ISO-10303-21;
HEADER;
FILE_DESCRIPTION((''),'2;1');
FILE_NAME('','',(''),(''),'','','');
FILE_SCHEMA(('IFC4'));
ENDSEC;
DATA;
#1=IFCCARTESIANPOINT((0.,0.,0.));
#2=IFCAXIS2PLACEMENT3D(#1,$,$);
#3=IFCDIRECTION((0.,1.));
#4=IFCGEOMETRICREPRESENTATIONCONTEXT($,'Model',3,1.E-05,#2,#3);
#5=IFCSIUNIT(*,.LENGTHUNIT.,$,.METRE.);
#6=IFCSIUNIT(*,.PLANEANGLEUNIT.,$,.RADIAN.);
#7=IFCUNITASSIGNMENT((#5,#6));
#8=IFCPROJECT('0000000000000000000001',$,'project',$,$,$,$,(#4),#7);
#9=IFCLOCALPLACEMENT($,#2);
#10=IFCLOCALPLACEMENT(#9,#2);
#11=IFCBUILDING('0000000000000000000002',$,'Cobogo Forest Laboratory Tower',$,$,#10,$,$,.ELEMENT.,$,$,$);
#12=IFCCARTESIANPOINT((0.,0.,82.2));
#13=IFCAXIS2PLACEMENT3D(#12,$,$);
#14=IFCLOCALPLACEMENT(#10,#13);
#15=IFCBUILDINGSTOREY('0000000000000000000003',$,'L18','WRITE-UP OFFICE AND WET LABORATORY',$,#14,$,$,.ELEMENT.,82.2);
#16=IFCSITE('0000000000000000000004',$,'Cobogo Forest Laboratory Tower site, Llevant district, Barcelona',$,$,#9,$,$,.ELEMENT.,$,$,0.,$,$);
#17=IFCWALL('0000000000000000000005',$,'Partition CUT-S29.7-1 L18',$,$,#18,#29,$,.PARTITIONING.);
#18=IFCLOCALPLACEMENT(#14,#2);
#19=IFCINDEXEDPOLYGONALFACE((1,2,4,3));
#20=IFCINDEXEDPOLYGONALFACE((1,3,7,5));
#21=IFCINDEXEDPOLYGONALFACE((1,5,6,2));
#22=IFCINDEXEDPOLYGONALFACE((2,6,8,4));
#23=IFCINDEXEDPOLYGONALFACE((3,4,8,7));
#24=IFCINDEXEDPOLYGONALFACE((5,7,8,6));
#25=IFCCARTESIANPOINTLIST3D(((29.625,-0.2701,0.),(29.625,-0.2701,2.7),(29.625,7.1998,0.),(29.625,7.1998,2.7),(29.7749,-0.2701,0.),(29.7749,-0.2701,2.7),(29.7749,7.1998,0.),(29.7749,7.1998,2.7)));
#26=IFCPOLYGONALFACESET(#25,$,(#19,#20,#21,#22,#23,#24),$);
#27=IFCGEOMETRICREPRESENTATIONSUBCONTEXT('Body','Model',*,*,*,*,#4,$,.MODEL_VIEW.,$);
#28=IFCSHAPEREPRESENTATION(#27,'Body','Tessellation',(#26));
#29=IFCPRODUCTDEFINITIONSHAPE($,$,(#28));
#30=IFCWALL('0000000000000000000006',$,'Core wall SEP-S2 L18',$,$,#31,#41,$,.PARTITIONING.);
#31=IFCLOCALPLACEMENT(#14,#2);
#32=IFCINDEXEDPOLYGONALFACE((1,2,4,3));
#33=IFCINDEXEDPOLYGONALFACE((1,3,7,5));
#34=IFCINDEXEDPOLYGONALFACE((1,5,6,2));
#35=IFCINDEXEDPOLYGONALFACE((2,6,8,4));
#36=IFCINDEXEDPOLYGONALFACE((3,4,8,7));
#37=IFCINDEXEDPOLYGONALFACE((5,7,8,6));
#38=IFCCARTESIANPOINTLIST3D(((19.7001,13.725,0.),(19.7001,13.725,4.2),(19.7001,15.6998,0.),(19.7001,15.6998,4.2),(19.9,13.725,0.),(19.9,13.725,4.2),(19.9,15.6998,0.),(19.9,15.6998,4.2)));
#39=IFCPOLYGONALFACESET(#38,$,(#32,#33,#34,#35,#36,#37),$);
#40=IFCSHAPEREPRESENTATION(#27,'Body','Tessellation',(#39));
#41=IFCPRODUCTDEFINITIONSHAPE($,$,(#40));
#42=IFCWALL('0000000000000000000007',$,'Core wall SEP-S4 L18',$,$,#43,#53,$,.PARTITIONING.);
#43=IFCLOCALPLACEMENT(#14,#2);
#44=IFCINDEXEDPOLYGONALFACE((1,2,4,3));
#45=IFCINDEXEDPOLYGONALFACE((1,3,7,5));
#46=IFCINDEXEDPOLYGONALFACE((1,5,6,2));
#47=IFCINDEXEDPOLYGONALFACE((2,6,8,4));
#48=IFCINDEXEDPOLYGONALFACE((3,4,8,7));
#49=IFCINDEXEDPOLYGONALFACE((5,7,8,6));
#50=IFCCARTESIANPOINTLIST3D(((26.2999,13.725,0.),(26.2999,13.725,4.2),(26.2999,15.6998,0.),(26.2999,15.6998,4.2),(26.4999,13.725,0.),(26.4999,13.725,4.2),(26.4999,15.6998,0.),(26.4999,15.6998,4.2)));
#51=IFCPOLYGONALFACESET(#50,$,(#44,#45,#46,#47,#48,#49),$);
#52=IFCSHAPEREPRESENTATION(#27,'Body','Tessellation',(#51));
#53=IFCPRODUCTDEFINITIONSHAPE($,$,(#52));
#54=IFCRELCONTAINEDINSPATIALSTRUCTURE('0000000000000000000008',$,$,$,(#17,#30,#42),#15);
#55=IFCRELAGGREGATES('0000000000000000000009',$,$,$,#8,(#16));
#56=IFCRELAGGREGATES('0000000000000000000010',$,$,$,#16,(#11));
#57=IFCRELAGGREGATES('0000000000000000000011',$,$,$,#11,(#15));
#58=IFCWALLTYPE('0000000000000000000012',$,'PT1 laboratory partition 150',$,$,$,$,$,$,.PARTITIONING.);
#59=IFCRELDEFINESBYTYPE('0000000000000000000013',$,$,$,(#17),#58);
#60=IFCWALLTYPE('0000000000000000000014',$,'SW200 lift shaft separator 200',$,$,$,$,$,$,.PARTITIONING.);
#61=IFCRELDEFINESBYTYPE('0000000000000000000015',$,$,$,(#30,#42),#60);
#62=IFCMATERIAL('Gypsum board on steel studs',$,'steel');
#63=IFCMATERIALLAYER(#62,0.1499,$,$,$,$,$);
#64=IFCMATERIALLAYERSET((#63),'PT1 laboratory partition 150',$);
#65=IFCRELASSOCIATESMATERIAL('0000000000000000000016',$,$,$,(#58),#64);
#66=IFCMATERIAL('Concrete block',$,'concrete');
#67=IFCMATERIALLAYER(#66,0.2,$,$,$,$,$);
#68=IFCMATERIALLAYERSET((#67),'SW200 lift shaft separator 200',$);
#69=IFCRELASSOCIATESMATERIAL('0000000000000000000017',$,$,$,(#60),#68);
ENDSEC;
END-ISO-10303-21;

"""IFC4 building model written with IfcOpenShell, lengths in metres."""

from ifc_helpers import new_model, si_unit, direction, frame, frame_2d, origin, place, context, subcontext, project, spatial, rectangle, extrude, material, layer, layer_set, type_object, element, save


model = new_model("IFC4")

# Units and contexts
model_context = context("Model", 3, precision=1e-05, world=origin(), true_north=direction((0.0, 1.0)))
body_context = subcontext(model_context, "Body", "Model", "MODEL_VIEW")
ifc_project = project(units=[si_unit("LENGTHUNIT", "METRE"), si_unit("PLANEANGLEUNIT", "RADIAN")], contexts=[model_context])

# Site, building, storey
site_placement = place(None, origin())
site = spatial("IfcSite", under=ifc_project, at=site_placement, Name="Cobogo Forest Laboratory Tower site, Llevant district, Barcelona", CompositionType="ELEMENT", RefElevation=0.0)
building_placement = place(site_placement, origin())
building = spatial("IfcBuilding", under=site, at=building_placement, Name="Cobogo Forest Laboratory Tower", CompositionType="ELEMENT")
storey_placement = place(building_placement, frame((0.0, 0.0, 82.2)))
storey = spatial("IfcBuildingStorey", under=building, at=storey_placement, Name="L18", Description="WRITE-UP OFFICE AND WET LABORATORY", CompositionType="ELEMENT", Elevation=82.2)

# Walls
ifc_material_1 = material(Name="Gypsum board on steel studs", Category="steel")
ifc_layer_1 = layer(ifc_material_1, 0.1499)
ifc_layer_set_1 = layer_set([ifc_layer_1], Name="PT1 laboratory partition 150")
wall_type_1 = type_object("IfcWallType", Name="PT1 laboratory partition 150", PredefinedType="PARTITIONING", material=ifc_layer_set_1)
wall_1_placement = place(storey_placement, frame((29.7, -0.27, 0.0), z_axis=(0.0, 0.0, 1.0), x_axis=(0.0, 1.0, 0.0)))
element("IfcWall", 1, at=wall_1_placement, inside=storey, type_object=wall_type_1, Name="Partition CUT-S29.7-1 L18", PredefinedType="PARTITIONING", context=body_context, shape_type="SweptSolid", body=[
    extrude(rectangle(XDim=7.47, YDim=0.1499, at=frame_2d((3.7349, 0.0))), origin(), (0.0, 0.0, 1.0), 2.7),
])
ifc_material_2 = material(Name="Concrete block", Category="concrete")
ifc_layer_2 = layer(ifc_material_2, 0.2)
ifc_layer_set_2 = layer_set([ifc_layer_2], Name="SW200 lift shaft separator 200")
wall_type_2 = type_object("IfcWallType", Name="SW200 lift shaft separator 200", PredefinedType="PARTITIONING", material=ifc_layer_set_2)
for number, where, z_axis, x_axis, name in (
    (2, (19.8, 13.7251, 0.0), (0.0, 0.0, 1.0), (0.0, 1.0, 0.0), "Core wall SEP-S2 L18"),
    (3, (26.3999, 13.7251, 0.0), (0.0, 0.0, 1.0), (0.0, 1.0, 0.0), "Core wall SEP-S4 L18"),
):
    element("IfcWall", number, at=place(storey_placement, frame(where, z_axis=z_axis, x_axis=x_axis)), inside=storey, type_object=wall_type_2, Name=name, PredefinedType="PARTITIONING", context=body_context, shape_type="SweptSolid", body=[
        extrude(rectangle(XDim=1.9749, YDim=0.2, at=frame_2d((0.9873, 0.0))), origin(), (0.0, 0.0, 1.0), 4.2),
    ])

save(model, "model.ifc")
